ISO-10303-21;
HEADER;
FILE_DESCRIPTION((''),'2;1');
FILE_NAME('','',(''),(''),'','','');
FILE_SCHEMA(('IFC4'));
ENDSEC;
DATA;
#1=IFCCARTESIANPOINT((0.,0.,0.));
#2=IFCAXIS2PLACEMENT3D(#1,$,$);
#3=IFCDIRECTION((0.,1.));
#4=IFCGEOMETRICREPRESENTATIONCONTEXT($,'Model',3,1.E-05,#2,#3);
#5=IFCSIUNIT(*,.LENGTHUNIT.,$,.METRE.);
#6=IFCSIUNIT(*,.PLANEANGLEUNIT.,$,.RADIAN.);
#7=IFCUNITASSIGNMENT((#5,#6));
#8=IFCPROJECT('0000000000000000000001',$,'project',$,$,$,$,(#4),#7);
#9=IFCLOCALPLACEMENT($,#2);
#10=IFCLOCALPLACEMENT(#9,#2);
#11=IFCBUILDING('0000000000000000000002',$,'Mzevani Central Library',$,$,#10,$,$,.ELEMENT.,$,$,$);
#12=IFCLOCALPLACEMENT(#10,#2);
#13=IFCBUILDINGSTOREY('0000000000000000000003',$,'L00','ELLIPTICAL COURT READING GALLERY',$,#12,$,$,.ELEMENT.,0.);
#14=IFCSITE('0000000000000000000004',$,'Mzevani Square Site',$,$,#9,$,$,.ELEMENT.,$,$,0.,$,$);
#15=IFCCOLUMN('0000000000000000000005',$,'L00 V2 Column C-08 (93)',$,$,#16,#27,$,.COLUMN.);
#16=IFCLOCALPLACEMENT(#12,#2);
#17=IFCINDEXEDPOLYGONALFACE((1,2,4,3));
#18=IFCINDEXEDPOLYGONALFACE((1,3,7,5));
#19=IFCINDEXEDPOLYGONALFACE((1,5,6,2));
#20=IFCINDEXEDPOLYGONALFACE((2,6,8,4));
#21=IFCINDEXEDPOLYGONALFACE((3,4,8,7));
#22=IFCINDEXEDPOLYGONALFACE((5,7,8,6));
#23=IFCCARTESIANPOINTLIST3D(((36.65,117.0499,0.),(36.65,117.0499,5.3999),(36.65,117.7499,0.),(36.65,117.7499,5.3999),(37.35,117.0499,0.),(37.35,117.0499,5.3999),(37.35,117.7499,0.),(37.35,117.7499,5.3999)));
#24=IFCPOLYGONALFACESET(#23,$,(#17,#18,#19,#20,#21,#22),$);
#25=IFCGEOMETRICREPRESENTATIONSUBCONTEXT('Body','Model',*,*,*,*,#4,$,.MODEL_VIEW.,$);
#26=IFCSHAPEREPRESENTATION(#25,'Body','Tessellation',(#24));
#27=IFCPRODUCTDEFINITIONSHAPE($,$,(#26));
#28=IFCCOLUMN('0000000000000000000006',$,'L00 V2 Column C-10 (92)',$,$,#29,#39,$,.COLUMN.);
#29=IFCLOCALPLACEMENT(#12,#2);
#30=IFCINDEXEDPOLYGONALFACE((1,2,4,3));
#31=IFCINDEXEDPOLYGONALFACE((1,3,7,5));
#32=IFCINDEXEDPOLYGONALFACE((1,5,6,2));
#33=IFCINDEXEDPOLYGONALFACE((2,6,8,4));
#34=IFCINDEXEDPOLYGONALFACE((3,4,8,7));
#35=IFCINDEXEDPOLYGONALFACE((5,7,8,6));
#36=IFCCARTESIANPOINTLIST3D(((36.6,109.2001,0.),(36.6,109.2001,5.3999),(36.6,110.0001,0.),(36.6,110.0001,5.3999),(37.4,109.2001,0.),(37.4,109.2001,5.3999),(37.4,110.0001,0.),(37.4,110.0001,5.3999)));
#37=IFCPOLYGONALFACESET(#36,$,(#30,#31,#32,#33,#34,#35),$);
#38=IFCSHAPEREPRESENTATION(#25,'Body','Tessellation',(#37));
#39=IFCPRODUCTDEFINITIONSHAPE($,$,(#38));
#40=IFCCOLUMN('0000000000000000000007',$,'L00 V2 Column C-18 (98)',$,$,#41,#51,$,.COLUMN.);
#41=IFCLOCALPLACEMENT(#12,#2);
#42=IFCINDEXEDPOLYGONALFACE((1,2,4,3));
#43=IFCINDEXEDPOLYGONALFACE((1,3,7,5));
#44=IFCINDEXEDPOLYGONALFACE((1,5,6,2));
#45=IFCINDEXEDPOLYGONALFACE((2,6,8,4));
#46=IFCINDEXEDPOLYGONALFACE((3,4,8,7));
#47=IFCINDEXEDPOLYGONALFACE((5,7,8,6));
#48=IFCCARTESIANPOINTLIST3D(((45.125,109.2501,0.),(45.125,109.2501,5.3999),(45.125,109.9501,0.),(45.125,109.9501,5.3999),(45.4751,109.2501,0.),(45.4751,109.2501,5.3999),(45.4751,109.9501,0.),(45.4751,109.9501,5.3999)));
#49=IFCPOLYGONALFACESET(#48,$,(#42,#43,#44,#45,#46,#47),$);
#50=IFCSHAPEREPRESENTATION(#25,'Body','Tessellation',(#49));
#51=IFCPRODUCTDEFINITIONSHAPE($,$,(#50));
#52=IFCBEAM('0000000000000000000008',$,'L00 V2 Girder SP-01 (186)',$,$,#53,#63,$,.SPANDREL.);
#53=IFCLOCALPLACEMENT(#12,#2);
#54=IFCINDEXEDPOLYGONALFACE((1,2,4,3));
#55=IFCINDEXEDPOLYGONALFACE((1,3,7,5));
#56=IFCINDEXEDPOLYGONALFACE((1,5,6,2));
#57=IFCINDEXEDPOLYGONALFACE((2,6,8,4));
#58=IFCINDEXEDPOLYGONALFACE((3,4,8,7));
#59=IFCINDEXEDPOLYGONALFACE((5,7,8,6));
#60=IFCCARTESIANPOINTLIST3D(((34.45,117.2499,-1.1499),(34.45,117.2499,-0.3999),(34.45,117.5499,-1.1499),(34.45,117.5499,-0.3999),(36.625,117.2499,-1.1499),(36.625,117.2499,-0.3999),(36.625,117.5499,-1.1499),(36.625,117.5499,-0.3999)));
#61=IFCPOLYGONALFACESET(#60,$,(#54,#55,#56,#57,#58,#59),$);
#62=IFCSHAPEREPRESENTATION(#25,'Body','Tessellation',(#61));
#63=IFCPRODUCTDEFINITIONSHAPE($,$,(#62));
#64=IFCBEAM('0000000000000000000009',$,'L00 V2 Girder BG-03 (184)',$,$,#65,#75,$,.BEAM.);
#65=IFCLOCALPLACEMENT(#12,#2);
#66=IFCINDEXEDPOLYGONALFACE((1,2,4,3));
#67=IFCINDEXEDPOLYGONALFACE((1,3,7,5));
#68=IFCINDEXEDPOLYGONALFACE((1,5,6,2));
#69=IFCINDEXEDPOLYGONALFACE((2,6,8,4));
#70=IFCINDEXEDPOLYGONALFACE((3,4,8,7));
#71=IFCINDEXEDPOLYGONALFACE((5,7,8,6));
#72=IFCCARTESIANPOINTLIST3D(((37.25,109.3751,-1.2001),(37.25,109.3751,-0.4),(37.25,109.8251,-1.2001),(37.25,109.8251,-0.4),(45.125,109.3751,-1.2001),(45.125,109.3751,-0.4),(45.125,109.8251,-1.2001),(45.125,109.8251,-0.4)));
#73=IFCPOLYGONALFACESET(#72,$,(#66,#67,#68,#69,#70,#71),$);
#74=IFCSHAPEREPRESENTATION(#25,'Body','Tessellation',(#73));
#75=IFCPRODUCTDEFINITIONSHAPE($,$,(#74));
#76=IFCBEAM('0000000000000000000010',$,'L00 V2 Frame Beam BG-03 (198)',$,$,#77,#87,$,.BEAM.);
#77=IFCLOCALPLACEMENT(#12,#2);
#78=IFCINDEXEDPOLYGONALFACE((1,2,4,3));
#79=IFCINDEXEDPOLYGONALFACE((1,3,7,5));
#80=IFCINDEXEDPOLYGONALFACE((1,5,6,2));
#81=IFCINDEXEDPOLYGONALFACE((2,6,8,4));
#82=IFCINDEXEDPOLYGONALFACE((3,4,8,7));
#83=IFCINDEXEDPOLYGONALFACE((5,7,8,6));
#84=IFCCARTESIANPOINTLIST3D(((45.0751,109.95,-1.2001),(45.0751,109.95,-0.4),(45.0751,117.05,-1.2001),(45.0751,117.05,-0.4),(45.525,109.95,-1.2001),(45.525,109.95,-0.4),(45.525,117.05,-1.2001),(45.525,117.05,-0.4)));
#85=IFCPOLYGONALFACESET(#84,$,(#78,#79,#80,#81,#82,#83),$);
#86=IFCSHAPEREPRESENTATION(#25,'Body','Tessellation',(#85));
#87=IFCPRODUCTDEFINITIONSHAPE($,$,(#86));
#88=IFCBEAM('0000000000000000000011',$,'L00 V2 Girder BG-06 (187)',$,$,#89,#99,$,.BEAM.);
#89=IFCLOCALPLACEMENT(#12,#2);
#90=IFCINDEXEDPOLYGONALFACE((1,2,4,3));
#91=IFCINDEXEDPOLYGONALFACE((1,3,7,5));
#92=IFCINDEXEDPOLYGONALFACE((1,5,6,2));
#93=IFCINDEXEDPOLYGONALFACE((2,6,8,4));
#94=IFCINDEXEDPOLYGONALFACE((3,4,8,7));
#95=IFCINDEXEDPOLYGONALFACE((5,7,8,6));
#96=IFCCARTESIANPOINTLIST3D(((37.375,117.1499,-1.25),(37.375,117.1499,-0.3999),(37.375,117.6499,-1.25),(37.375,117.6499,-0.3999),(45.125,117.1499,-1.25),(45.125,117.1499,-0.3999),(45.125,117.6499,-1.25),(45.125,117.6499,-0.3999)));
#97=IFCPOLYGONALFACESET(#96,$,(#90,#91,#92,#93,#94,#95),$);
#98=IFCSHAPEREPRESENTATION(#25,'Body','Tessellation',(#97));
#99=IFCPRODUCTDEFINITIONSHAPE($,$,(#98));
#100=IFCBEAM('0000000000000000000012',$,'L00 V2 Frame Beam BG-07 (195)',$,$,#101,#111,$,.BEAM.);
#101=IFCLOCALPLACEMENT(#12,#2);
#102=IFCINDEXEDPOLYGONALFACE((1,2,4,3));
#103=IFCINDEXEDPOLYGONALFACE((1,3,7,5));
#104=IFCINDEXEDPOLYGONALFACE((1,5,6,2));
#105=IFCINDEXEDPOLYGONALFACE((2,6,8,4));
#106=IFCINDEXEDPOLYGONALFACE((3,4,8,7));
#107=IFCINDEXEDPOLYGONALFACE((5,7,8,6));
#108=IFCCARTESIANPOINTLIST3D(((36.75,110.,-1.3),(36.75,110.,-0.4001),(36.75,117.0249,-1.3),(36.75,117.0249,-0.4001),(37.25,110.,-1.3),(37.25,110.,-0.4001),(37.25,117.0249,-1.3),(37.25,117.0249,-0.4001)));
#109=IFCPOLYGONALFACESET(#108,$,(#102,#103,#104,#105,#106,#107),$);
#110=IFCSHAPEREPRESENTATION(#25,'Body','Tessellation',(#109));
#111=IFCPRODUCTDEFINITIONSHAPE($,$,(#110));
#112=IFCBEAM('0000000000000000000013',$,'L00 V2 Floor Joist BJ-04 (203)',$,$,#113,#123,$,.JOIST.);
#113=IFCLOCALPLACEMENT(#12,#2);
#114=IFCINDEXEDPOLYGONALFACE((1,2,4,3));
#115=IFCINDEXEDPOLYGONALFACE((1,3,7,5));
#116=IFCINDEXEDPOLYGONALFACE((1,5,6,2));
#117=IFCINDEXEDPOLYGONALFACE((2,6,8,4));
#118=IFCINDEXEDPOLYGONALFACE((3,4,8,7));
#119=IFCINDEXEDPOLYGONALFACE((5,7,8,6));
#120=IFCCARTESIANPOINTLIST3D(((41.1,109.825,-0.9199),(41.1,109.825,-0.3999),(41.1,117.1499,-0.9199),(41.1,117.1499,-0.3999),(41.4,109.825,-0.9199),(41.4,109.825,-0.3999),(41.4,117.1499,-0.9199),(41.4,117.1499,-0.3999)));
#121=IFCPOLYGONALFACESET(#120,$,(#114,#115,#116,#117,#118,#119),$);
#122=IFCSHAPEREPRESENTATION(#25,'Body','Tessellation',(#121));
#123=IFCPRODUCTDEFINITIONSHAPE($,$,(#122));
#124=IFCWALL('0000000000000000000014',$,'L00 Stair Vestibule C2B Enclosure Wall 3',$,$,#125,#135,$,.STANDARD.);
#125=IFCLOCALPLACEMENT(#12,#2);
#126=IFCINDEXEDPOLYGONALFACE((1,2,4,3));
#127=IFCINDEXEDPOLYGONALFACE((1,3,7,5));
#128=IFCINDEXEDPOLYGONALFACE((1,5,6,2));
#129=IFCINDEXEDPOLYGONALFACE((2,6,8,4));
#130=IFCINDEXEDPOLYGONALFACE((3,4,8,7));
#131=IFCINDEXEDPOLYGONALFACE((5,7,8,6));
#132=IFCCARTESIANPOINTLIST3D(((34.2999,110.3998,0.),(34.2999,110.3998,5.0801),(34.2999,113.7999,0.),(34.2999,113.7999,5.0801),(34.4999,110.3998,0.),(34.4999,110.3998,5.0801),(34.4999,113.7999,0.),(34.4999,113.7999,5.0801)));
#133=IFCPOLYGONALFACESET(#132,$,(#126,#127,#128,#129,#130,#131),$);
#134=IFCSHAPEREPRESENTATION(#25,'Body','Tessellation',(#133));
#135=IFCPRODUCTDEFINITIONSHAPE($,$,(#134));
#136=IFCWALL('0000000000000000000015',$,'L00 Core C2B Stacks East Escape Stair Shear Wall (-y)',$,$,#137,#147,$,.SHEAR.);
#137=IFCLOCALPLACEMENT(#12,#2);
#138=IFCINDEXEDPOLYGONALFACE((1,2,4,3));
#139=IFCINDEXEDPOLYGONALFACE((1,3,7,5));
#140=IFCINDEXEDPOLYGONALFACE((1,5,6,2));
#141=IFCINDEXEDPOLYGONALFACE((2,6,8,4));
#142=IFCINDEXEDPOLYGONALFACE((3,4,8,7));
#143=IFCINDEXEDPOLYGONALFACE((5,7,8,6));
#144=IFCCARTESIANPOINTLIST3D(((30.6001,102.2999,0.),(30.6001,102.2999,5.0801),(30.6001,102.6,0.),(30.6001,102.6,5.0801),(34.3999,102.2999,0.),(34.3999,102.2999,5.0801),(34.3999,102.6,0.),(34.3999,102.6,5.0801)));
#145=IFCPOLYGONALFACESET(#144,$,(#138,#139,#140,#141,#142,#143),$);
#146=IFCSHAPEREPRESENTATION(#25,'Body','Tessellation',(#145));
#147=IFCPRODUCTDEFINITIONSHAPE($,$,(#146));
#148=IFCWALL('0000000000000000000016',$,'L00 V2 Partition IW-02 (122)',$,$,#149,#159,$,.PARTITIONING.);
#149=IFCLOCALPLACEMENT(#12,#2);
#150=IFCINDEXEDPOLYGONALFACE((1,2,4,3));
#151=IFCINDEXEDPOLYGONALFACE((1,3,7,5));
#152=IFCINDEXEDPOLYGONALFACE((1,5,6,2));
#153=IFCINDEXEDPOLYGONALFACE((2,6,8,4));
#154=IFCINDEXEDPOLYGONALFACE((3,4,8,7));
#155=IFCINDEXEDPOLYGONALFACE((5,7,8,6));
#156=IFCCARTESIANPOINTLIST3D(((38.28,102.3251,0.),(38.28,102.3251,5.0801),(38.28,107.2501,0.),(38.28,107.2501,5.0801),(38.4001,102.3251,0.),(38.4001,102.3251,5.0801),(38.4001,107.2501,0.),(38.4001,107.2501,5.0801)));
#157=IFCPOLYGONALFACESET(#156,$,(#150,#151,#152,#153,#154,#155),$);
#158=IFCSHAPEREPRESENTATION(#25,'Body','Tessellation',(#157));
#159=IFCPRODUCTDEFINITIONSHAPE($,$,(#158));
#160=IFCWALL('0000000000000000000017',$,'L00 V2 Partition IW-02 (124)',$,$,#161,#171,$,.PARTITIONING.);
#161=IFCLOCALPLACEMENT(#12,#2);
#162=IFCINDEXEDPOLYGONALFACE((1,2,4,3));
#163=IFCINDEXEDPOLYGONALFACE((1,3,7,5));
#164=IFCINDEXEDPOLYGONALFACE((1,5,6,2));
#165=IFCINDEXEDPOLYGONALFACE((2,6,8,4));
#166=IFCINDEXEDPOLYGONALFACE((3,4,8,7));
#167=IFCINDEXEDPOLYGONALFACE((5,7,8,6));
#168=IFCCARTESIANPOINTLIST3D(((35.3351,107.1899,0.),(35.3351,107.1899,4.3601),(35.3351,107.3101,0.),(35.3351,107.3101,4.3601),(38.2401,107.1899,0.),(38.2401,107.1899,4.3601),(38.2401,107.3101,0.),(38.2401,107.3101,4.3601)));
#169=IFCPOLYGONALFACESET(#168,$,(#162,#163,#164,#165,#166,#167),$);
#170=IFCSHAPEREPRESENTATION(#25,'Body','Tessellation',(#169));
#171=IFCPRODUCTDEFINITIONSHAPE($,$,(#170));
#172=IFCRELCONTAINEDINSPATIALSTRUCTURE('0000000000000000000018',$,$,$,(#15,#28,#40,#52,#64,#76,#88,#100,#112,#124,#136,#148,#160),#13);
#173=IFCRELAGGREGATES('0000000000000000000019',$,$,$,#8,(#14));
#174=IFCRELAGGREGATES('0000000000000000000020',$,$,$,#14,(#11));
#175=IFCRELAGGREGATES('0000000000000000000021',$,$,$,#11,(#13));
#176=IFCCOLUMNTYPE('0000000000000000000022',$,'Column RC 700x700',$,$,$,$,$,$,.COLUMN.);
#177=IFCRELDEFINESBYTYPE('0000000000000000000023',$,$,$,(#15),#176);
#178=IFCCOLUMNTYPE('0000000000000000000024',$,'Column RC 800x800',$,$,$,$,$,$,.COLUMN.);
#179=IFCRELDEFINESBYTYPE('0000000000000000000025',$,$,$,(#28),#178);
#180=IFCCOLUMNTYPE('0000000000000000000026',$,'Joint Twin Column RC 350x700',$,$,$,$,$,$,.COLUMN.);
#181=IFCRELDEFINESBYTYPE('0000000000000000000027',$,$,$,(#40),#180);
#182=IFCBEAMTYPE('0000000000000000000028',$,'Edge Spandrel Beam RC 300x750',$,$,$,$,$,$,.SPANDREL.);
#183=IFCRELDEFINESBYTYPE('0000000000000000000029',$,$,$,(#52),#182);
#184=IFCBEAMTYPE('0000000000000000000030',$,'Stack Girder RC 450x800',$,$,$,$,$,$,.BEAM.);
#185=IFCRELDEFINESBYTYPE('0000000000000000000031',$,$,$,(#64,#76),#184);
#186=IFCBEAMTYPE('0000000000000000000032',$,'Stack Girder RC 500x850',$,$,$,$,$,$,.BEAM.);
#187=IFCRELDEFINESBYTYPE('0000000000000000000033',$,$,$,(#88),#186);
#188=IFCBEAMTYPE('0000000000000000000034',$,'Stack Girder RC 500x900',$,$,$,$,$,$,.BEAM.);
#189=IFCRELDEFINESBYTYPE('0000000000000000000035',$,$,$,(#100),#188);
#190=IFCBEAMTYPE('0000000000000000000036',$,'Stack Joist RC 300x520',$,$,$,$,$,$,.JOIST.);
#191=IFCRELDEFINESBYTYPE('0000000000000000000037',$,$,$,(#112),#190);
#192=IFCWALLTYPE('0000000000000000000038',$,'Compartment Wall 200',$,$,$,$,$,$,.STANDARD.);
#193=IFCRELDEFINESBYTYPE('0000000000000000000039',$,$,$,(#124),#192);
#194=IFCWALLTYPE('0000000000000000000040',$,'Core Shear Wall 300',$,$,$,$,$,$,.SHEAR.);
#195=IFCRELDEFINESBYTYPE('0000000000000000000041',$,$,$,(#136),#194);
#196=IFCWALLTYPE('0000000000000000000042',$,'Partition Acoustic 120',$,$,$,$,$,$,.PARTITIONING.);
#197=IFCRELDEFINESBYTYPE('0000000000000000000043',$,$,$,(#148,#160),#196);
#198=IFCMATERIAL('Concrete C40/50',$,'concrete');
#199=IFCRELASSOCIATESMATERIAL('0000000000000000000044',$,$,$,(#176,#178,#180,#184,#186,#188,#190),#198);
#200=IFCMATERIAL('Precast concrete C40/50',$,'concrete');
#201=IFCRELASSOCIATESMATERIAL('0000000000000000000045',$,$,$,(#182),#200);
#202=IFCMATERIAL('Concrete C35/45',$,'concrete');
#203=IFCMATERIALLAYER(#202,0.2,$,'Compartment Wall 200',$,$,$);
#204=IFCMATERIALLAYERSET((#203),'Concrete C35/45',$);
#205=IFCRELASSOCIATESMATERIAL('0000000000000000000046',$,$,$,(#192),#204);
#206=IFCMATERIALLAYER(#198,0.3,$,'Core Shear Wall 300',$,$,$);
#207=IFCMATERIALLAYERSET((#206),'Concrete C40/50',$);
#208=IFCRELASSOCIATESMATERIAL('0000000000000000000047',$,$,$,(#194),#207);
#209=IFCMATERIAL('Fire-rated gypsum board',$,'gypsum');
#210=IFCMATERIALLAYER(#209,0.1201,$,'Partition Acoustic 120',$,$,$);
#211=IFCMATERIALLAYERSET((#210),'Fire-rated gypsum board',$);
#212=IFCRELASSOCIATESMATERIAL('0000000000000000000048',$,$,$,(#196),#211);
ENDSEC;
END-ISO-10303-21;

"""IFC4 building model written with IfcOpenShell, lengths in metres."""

from ifc_helpers import new_model, si_unit, direction, frame, frame_2d, origin, origin_2d, place, context, subcontext, project, spatial, rectangle, extrude, material, layer, layer_set, material_profile, profile_set, type_object, element, save


model = new_model("IFC4")

# Units and contexts
model_context = context("Model", 3, precision=1e-05, world=origin(), true_north=direction((0.0, 1.0)))
body_context = subcontext(model_context, "Body", "Model", "MODEL_VIEW")
ifc_project = project(units=[si_unit("LENGTHUNIT", "METRE"), si_unit("PLANEANGLEUNIT", "RADIAN")], contexts=[model_context])

# Site, building, storey
site_placement = place(None, origin())
site = spatial("IfcSite", under=ifc_project, at=site_placement, Name="Mzevani Square Site", CompositionType="ELEMENT", RefElevation=0.0)
building_placement = place(site_placement, origin())
building = spatial("IfcBuilding", under=site, at=building_placement, Name="Mzevani Central Library", CompositionType="ELEMENT")
storey_placement = place(building_placement, origin())
storey = spatial("IfcBuildingStorey", under=building, at=storey_placement, Name="L00", Description="ELLIPTICAL COURT READING GALLERY", CompositionType="ELEMENT", Elevation=0.0)

# Columns
ifc_material_1 = material(Name="Concrete C40/50", Category="concrete")
ifc_material_profile_1 = material_profile(ifc_material_1, rectangle(XDim=0.7, YDim=0.7, at=origin_2d()), Name="RC 700x700")
ifc_profile_set_1 = profile_set([ifc_material_profile_1], Name="Concrete C40/50")
column_type_1 = type_object("IfcColumnType", Name="Column RC 700x700", PredefinedType="COLUMN", material=ifc_profile_set_1)
column_1_placement = place(storey_placement, frame((37.0, 117.3999, 0.0), z_axis=(0.0, 0.0, 1.0), x_axis=(1.0, 0.0, 0.0)))
element("IfcColumn", 1, at=column_1_placement, inside=storey, type_object=column_type_1, Name="L00 V2 Column C-08 (93)", PredefinedType="COLUMN", context=body_context, shape_type="SweptSolid", body=[
    extrude(rectangle(XDim=0.7, YDim=0.7, at=origin_2d()), origin(), (0.0, 0.0, 1.0), 5.3999),
])
ifc_material_profile_2 = material_profile(ifc_material_1, rectangle(XDim=0.8, YDim=0.8, at=origin_2d()), Name="RC 800x800")
ifc_profile_set_2 = profile_set([ifc_material_profile_2], Name="Concrete C40/50")
column_type_2 = type_object("IfcColumnType", Name="Column RC 800x800", PredefinedType="COLUMN", material=ifc_profile_set_2)
column_2_placement = place(storey_placement, frame((37.0, 109.6001, 0.0), z_axis=(0.0, 0.0, 1.0), x_axis=(1.0, 0.0, 0.0)))
element("IfcColumn", 2, at=column_2_placement, inside=storey, type_object=column_type_2, Name="L00 V2 Column C-10 (92)", PredefinedType="COLUMN", context=body_context, shape_type="SweptSolid", body=[
    extrude(rectangle(XDim=0.8, YDim=0.8, at=origin_2d()), origin(), (0.0, 0.0, 1.0), 5.3999),
])
ifc_material_profile_3 = material_profile(ifc_material_1, rectangle(XDim=0.3501, YDim=0.7, at=origin_2d()), Name="RC 350x700")
ifc_profile_set_3 = profile_set([ifc_material_profile_3], Name="Concrete C40/50")
column_type_3 = type_object("IfcColumnType", Name="Joint Twin Column RC 350x700", PredefinedType="COLUMN", material=ifc_profile_set_3)
column_3_placement = place(storey_placement, frame((45.3, 109.6001, 0.0), z_axis=(0.0, 0.0, 1.0), x_axis=(1.0, 0.0, 0.0)))
element("IfcColumn", 3, at=column_3_placement, inside=storey, type_object=column_type_3, Name="L00 V2 Column C-18 (98)", PredefinedType="COLUMN", context=body_context, shape_type="SweptSolid", body=[
    extrude(rectangle(XDim=0.3501, YDim=0.7, at=origin_2d()), origin(), (0.0, 0.0, 1.0), 5.3999),
])

# Beams
ifc_material_2 = material(Name="Precast concrete C40/50", Category="concrete")
ifc_material_profile_4 = material_profile(ifc_material_2, rectangle(XDim=0.3, YDim=0.75, at=origin_2d()), Name="RC SP300x750")
ifc_profile_set_4 = profile_set([ifc_material_profile_4], Name="Precast concrete C40/50")
beam_type_1 = type_object("IfcBeamType", Name="Edge Spandrel Beam RC 300x750", PredefinedType="SPANDREL", material=ifc_profile_set_4)
beam_1_placement = place(storey_placement, frame((34.45, 117.3999, -0.7749), z_axis=(1.0, 0.0, 0.0), x_axis=(0.0, 1.0, 0.0)))
element("IfcBeam", 4, at=beam_1_placement, inside=storey, type_object=beam_type_1, Name="L00 V2 Girder SP-01 (186)", PredefinedType="SPANDREL", context=body_context, shape_type="SweptSolid", body=[
    extrude(rectangle(XDim=0.3, YDim=0.75, at=origin_2d()), origin(), (0.0, 0.0, 1.0), 2.175),
])
ifc_material_profile_5 = material_profile(ifc_material_1, rectangle(XDim=0.45, YDim=0.8, at=origin_2d()), Name="RC B450x800")
ifc_profile_set_5 = profile_set([ifc_material_profile_5], Name="Concrete C40/50")
beam_type_2 = type_object("IfcBeamType", Name="Stack Girder RC 450x800", PredefinedType="BEAM", material=ifc_profile_set_5)
beam_2_placement = place(storey_placement, frame((37.25, 109.6001, -0.8), z_axis=(1.0, 0.0, 0.0), x_axis=(0.0, 1.0, 0.0)))
element("IfcBeam", 5, at=beam_2_placement, inside=storey, type_object=beam_type_2, Name="L00 V2 Girder BG-03 (184)", PredefinedType="BEAM", context=body_context, shape_type="SweptSolid", body=[
    extrude(rectangle(XDim=0.45, YDim=0.8, at=origin_2d()), origin(), (0.0, 0.0, 1.0), 7.875),
])
beam_3_placement = place(storey_placement, frame((45.3, 109.95, -0.8), z_axis=(0.0, 1.0, 0.0), x_axis=(-1.0, 0.0, 0.0)))
element("IfcBeam", 6, at=beam_3_placement, inside=storey, type_object=beam_type_2, Name="L00 V2 Frame Beam BG-03 (198)", PredefinedType="BEAM", context=body_context, shape_type="SweptSolid", body=[
    extrude(rectangle(XDim=0.45, YDim=0.8, at=origin_2d()), origin(), (0.0, 0.0, 1.0), 7.1001),
])
ifc_material_profile_6 = material_profile(ifc_material_1, rectangle(XDim=0.5, YDim=0.8501, at=origin_2d()), Name="RC B500x850")
ifc_profile_set_6 = profile_set([ifc_material_profile_6], Name="Concrete C40/50")
beam_type_3 = type_object("IfcBeamType", Name="Stack Girder RC 500x850", PredefinedType="BEAM", material=ifc_profile_set_6)
beam_4_placement = place(storey_placement, frame((37.375, 117.3999, -0.825), z_axis=(1.0, 0.0, 0.0), x_axis=(0.0, 1.0, 0.0)))
element("IfcBeam", 7, at=beam_4_placement, inside=storey, type_object=beam_type_3, Name="L00 V2 Girder BG-06 (187)", PredefinedType="BEAM", context=body_context, shape_type="SweptSolid", body=[
    extrude(rectangle(XDim=0.5, YDim=0.8501, at=origin_2d()), origin(), (0.0, 0.0, 1.0), 7.75),
])
ifc_material_profile_7 = material_profile(ifc_material_1, rectangle(XDim=0.5, YDim=0.8999, at=origin_2d()), Name="RC B500x900")
ifc_profile_set_7 = profile_set([ifc_material_profile_7], Name="Concrete C40/50")
beam_type_4 = type_object("IfcBeamType", Name="Stack Girder RC 500x900", PredefinedType="BEAM", material=ifc_profile_set_7)
beam_5_placement = place(storey_placement, frame((37.0, 110.0, -0.8501), z_axis=(0.0, 1.0, 0.0), x_axis=(-1.0, 0.0, 0.0)))
element("IfcBeam", 8, at=beam_5_placement, inside=storey, type_object=beam_type_4, Name="L00 V2 Frame Beam BG-07 (195)", PredefinedType="BEAM", context=body_context, shape_type="SweptSolid", body=[
    extrude(rectangle(XDim=0.5, YDim=0.8999, at=origin_2d()), origin(), (0.0, 0.0, 1.0), 7.0249),
])
ifc_material_profile_8 = material_profile(ifc_material_1, rectangle(XDim=0.3, YDim=0.52, at=origin_2d()), Name="RC J300x520")
ifc_profile_set_8 = profile_set([ifc_material_profile_8], Name="Concrete C40/50")
beam_type_5 = type_object("IfcBeamType", Name="Stack Joist RC 300x520", PredefinedType="JOIST", material=ifc_profile_set_8)
beam_6_placement = place(storey_placement, frame((41.25, 109.825, -0.6599), z_axis=(0.0, 1.0, 0.0), x_axis=(-1.0, 0.0, 0.0)))
element("IfcBeam", 9, at=beam_6_placement, inside=storey, type_object=beam_type_5, Name="L00 V2 Floor Joist BJ-04 (203)", PredefinedType="JOIST", context=body_context, shape_type="SweptSolid", body=[
    extrude(rectangle(XDim=0.3, YDim=0.52, at=origin_2d()), origin(), (0.0, 0.0, 1.0), 7.325),
])

# Walls
ifc_material_3 = material(Name="Concrete C35/45", Category="concrete")
ifc_layer_1 = layer(ifc_material_3, 0.2, Name="Compartment Wall 200")
ifc_layer_set_1 = layer_set([ifc_layer_1], Name="Concrete C35/45")
wall_type_1 = type_object("IfcWallType", Name="Compartment Wall 200", PredefinedType="STANDARD", material=ifc_layer_set_1)
wall_1_placement = place(storey_placement, frame((34.3999, 113.8, 0.0), z_axis=(0.0, 0.0, 1.0), x_axis=(0.0, -1.0, 0.0)))
element("IfcWall", 10, at=wall_1_placement, inside=storey, type_object=wall_type_1, Name="L00 Stair Vestibule C2B Enclosure Wall 3", PredefinedType="STANDARD", context=body_context, shape_type="SweptSolid", body=[
    extrude(rectangle(XDim=3.4001, YDim=0.2, at=frame_2d((1.7002, 0.0))), origin(), (0.0, 0.0, 1.0), 5.0801),
])
ifc_layer_2 = layer(ifc_material_1, 0.3, Name="Core Shear Wall 300")
ifc_layer_set_2 = layer_set([ifc_layer_2], Name="Concrete C40/50")
wall_type_2 = type_object("IfcWallType", Name="Core Shear Wall 300", PredefinedType="SHEAR", material=ifc_layer_set_2)
wall_2_placement = place(storey_placement, frame((34.3999, 102.45, 0.0), z_axis=(0.0, 0.0, 1.0), x_axis=(-1.0, 0.0, 0.0)))
element("IfcWall", 11, at=wall_2_placement, inside=storey, type_object=wall_type_2, Name="L00 Core C2B Stacks East Escape Stair Shear Wall (-y)", PredefinedType="SHEAR", context=body_context, shape_type="SweptSolid", body=[
    extrude(rectangle(XDim=3.7998, YDim=0.3, at=frame_2d((1.8999, 0.0))), origin(), (0.0, 0.0, 1.0), 5.0801),
])
ifc_material_4 = material(Name="Fire-rated gypsum board", Category="gypsum")
ifc_layer_3 = layer(ifc_material_4, 0.1201, Name="Partition Acoustic 120")
ifc_layer_set_3 = layer_set([ifc_layer_3], Name="Fire-rated gypsum board")
wall_type_3 = type_object("IfcWallType", Name="Partition Acoustic 120", PredefinedType="PARTITIONING", material=ifc_layer_set_3)
wall_3_placement = place(storey_placement, frame((38.3401, 107.25, 0.0), z_axis=(0.0, 0.0, 1.0), x_axis=(0.0, -1.0, 0.0)))
element("IfcWall", 12, at=wall_3_placement, inside=storey, type_object=wall_type_3, Name="L00 V2 Partition IW-02 (122)", PredefinedType="PARTITIONING", context=body_context, shape_type="SweptSolid", body=[
    extrude(rectangle(XDim=4.925, YDim=0.1201, at=frame_2d((2.4624, 0.0))), origin(), (0.0, 0.0, 1.0), 5.0801),
])
wall_4_placement = place(storey_placement, frame((35.335, 107.25, 0.0), z_axis=(0.0, 0.0, 1.0), x_axis=(1.0, 0.0, 0.0)))
element("IfcWall", 13, at=wall_4_placement, inside=storey, type_object=wall_type_3, Name="L00 V2 Partition IW-02 (124)", PredefinedType="PARTITIONING", context=body_context, shape_type="SweptSolid", body=[
    extrude(rectangle(XDim=2.905, YDim=0.1201, at=frame_2d((1.4526, 0.0))), origin(), (0.0, 0.0, 1.0), 4.3601),
])

save(model, "model.ifc")
